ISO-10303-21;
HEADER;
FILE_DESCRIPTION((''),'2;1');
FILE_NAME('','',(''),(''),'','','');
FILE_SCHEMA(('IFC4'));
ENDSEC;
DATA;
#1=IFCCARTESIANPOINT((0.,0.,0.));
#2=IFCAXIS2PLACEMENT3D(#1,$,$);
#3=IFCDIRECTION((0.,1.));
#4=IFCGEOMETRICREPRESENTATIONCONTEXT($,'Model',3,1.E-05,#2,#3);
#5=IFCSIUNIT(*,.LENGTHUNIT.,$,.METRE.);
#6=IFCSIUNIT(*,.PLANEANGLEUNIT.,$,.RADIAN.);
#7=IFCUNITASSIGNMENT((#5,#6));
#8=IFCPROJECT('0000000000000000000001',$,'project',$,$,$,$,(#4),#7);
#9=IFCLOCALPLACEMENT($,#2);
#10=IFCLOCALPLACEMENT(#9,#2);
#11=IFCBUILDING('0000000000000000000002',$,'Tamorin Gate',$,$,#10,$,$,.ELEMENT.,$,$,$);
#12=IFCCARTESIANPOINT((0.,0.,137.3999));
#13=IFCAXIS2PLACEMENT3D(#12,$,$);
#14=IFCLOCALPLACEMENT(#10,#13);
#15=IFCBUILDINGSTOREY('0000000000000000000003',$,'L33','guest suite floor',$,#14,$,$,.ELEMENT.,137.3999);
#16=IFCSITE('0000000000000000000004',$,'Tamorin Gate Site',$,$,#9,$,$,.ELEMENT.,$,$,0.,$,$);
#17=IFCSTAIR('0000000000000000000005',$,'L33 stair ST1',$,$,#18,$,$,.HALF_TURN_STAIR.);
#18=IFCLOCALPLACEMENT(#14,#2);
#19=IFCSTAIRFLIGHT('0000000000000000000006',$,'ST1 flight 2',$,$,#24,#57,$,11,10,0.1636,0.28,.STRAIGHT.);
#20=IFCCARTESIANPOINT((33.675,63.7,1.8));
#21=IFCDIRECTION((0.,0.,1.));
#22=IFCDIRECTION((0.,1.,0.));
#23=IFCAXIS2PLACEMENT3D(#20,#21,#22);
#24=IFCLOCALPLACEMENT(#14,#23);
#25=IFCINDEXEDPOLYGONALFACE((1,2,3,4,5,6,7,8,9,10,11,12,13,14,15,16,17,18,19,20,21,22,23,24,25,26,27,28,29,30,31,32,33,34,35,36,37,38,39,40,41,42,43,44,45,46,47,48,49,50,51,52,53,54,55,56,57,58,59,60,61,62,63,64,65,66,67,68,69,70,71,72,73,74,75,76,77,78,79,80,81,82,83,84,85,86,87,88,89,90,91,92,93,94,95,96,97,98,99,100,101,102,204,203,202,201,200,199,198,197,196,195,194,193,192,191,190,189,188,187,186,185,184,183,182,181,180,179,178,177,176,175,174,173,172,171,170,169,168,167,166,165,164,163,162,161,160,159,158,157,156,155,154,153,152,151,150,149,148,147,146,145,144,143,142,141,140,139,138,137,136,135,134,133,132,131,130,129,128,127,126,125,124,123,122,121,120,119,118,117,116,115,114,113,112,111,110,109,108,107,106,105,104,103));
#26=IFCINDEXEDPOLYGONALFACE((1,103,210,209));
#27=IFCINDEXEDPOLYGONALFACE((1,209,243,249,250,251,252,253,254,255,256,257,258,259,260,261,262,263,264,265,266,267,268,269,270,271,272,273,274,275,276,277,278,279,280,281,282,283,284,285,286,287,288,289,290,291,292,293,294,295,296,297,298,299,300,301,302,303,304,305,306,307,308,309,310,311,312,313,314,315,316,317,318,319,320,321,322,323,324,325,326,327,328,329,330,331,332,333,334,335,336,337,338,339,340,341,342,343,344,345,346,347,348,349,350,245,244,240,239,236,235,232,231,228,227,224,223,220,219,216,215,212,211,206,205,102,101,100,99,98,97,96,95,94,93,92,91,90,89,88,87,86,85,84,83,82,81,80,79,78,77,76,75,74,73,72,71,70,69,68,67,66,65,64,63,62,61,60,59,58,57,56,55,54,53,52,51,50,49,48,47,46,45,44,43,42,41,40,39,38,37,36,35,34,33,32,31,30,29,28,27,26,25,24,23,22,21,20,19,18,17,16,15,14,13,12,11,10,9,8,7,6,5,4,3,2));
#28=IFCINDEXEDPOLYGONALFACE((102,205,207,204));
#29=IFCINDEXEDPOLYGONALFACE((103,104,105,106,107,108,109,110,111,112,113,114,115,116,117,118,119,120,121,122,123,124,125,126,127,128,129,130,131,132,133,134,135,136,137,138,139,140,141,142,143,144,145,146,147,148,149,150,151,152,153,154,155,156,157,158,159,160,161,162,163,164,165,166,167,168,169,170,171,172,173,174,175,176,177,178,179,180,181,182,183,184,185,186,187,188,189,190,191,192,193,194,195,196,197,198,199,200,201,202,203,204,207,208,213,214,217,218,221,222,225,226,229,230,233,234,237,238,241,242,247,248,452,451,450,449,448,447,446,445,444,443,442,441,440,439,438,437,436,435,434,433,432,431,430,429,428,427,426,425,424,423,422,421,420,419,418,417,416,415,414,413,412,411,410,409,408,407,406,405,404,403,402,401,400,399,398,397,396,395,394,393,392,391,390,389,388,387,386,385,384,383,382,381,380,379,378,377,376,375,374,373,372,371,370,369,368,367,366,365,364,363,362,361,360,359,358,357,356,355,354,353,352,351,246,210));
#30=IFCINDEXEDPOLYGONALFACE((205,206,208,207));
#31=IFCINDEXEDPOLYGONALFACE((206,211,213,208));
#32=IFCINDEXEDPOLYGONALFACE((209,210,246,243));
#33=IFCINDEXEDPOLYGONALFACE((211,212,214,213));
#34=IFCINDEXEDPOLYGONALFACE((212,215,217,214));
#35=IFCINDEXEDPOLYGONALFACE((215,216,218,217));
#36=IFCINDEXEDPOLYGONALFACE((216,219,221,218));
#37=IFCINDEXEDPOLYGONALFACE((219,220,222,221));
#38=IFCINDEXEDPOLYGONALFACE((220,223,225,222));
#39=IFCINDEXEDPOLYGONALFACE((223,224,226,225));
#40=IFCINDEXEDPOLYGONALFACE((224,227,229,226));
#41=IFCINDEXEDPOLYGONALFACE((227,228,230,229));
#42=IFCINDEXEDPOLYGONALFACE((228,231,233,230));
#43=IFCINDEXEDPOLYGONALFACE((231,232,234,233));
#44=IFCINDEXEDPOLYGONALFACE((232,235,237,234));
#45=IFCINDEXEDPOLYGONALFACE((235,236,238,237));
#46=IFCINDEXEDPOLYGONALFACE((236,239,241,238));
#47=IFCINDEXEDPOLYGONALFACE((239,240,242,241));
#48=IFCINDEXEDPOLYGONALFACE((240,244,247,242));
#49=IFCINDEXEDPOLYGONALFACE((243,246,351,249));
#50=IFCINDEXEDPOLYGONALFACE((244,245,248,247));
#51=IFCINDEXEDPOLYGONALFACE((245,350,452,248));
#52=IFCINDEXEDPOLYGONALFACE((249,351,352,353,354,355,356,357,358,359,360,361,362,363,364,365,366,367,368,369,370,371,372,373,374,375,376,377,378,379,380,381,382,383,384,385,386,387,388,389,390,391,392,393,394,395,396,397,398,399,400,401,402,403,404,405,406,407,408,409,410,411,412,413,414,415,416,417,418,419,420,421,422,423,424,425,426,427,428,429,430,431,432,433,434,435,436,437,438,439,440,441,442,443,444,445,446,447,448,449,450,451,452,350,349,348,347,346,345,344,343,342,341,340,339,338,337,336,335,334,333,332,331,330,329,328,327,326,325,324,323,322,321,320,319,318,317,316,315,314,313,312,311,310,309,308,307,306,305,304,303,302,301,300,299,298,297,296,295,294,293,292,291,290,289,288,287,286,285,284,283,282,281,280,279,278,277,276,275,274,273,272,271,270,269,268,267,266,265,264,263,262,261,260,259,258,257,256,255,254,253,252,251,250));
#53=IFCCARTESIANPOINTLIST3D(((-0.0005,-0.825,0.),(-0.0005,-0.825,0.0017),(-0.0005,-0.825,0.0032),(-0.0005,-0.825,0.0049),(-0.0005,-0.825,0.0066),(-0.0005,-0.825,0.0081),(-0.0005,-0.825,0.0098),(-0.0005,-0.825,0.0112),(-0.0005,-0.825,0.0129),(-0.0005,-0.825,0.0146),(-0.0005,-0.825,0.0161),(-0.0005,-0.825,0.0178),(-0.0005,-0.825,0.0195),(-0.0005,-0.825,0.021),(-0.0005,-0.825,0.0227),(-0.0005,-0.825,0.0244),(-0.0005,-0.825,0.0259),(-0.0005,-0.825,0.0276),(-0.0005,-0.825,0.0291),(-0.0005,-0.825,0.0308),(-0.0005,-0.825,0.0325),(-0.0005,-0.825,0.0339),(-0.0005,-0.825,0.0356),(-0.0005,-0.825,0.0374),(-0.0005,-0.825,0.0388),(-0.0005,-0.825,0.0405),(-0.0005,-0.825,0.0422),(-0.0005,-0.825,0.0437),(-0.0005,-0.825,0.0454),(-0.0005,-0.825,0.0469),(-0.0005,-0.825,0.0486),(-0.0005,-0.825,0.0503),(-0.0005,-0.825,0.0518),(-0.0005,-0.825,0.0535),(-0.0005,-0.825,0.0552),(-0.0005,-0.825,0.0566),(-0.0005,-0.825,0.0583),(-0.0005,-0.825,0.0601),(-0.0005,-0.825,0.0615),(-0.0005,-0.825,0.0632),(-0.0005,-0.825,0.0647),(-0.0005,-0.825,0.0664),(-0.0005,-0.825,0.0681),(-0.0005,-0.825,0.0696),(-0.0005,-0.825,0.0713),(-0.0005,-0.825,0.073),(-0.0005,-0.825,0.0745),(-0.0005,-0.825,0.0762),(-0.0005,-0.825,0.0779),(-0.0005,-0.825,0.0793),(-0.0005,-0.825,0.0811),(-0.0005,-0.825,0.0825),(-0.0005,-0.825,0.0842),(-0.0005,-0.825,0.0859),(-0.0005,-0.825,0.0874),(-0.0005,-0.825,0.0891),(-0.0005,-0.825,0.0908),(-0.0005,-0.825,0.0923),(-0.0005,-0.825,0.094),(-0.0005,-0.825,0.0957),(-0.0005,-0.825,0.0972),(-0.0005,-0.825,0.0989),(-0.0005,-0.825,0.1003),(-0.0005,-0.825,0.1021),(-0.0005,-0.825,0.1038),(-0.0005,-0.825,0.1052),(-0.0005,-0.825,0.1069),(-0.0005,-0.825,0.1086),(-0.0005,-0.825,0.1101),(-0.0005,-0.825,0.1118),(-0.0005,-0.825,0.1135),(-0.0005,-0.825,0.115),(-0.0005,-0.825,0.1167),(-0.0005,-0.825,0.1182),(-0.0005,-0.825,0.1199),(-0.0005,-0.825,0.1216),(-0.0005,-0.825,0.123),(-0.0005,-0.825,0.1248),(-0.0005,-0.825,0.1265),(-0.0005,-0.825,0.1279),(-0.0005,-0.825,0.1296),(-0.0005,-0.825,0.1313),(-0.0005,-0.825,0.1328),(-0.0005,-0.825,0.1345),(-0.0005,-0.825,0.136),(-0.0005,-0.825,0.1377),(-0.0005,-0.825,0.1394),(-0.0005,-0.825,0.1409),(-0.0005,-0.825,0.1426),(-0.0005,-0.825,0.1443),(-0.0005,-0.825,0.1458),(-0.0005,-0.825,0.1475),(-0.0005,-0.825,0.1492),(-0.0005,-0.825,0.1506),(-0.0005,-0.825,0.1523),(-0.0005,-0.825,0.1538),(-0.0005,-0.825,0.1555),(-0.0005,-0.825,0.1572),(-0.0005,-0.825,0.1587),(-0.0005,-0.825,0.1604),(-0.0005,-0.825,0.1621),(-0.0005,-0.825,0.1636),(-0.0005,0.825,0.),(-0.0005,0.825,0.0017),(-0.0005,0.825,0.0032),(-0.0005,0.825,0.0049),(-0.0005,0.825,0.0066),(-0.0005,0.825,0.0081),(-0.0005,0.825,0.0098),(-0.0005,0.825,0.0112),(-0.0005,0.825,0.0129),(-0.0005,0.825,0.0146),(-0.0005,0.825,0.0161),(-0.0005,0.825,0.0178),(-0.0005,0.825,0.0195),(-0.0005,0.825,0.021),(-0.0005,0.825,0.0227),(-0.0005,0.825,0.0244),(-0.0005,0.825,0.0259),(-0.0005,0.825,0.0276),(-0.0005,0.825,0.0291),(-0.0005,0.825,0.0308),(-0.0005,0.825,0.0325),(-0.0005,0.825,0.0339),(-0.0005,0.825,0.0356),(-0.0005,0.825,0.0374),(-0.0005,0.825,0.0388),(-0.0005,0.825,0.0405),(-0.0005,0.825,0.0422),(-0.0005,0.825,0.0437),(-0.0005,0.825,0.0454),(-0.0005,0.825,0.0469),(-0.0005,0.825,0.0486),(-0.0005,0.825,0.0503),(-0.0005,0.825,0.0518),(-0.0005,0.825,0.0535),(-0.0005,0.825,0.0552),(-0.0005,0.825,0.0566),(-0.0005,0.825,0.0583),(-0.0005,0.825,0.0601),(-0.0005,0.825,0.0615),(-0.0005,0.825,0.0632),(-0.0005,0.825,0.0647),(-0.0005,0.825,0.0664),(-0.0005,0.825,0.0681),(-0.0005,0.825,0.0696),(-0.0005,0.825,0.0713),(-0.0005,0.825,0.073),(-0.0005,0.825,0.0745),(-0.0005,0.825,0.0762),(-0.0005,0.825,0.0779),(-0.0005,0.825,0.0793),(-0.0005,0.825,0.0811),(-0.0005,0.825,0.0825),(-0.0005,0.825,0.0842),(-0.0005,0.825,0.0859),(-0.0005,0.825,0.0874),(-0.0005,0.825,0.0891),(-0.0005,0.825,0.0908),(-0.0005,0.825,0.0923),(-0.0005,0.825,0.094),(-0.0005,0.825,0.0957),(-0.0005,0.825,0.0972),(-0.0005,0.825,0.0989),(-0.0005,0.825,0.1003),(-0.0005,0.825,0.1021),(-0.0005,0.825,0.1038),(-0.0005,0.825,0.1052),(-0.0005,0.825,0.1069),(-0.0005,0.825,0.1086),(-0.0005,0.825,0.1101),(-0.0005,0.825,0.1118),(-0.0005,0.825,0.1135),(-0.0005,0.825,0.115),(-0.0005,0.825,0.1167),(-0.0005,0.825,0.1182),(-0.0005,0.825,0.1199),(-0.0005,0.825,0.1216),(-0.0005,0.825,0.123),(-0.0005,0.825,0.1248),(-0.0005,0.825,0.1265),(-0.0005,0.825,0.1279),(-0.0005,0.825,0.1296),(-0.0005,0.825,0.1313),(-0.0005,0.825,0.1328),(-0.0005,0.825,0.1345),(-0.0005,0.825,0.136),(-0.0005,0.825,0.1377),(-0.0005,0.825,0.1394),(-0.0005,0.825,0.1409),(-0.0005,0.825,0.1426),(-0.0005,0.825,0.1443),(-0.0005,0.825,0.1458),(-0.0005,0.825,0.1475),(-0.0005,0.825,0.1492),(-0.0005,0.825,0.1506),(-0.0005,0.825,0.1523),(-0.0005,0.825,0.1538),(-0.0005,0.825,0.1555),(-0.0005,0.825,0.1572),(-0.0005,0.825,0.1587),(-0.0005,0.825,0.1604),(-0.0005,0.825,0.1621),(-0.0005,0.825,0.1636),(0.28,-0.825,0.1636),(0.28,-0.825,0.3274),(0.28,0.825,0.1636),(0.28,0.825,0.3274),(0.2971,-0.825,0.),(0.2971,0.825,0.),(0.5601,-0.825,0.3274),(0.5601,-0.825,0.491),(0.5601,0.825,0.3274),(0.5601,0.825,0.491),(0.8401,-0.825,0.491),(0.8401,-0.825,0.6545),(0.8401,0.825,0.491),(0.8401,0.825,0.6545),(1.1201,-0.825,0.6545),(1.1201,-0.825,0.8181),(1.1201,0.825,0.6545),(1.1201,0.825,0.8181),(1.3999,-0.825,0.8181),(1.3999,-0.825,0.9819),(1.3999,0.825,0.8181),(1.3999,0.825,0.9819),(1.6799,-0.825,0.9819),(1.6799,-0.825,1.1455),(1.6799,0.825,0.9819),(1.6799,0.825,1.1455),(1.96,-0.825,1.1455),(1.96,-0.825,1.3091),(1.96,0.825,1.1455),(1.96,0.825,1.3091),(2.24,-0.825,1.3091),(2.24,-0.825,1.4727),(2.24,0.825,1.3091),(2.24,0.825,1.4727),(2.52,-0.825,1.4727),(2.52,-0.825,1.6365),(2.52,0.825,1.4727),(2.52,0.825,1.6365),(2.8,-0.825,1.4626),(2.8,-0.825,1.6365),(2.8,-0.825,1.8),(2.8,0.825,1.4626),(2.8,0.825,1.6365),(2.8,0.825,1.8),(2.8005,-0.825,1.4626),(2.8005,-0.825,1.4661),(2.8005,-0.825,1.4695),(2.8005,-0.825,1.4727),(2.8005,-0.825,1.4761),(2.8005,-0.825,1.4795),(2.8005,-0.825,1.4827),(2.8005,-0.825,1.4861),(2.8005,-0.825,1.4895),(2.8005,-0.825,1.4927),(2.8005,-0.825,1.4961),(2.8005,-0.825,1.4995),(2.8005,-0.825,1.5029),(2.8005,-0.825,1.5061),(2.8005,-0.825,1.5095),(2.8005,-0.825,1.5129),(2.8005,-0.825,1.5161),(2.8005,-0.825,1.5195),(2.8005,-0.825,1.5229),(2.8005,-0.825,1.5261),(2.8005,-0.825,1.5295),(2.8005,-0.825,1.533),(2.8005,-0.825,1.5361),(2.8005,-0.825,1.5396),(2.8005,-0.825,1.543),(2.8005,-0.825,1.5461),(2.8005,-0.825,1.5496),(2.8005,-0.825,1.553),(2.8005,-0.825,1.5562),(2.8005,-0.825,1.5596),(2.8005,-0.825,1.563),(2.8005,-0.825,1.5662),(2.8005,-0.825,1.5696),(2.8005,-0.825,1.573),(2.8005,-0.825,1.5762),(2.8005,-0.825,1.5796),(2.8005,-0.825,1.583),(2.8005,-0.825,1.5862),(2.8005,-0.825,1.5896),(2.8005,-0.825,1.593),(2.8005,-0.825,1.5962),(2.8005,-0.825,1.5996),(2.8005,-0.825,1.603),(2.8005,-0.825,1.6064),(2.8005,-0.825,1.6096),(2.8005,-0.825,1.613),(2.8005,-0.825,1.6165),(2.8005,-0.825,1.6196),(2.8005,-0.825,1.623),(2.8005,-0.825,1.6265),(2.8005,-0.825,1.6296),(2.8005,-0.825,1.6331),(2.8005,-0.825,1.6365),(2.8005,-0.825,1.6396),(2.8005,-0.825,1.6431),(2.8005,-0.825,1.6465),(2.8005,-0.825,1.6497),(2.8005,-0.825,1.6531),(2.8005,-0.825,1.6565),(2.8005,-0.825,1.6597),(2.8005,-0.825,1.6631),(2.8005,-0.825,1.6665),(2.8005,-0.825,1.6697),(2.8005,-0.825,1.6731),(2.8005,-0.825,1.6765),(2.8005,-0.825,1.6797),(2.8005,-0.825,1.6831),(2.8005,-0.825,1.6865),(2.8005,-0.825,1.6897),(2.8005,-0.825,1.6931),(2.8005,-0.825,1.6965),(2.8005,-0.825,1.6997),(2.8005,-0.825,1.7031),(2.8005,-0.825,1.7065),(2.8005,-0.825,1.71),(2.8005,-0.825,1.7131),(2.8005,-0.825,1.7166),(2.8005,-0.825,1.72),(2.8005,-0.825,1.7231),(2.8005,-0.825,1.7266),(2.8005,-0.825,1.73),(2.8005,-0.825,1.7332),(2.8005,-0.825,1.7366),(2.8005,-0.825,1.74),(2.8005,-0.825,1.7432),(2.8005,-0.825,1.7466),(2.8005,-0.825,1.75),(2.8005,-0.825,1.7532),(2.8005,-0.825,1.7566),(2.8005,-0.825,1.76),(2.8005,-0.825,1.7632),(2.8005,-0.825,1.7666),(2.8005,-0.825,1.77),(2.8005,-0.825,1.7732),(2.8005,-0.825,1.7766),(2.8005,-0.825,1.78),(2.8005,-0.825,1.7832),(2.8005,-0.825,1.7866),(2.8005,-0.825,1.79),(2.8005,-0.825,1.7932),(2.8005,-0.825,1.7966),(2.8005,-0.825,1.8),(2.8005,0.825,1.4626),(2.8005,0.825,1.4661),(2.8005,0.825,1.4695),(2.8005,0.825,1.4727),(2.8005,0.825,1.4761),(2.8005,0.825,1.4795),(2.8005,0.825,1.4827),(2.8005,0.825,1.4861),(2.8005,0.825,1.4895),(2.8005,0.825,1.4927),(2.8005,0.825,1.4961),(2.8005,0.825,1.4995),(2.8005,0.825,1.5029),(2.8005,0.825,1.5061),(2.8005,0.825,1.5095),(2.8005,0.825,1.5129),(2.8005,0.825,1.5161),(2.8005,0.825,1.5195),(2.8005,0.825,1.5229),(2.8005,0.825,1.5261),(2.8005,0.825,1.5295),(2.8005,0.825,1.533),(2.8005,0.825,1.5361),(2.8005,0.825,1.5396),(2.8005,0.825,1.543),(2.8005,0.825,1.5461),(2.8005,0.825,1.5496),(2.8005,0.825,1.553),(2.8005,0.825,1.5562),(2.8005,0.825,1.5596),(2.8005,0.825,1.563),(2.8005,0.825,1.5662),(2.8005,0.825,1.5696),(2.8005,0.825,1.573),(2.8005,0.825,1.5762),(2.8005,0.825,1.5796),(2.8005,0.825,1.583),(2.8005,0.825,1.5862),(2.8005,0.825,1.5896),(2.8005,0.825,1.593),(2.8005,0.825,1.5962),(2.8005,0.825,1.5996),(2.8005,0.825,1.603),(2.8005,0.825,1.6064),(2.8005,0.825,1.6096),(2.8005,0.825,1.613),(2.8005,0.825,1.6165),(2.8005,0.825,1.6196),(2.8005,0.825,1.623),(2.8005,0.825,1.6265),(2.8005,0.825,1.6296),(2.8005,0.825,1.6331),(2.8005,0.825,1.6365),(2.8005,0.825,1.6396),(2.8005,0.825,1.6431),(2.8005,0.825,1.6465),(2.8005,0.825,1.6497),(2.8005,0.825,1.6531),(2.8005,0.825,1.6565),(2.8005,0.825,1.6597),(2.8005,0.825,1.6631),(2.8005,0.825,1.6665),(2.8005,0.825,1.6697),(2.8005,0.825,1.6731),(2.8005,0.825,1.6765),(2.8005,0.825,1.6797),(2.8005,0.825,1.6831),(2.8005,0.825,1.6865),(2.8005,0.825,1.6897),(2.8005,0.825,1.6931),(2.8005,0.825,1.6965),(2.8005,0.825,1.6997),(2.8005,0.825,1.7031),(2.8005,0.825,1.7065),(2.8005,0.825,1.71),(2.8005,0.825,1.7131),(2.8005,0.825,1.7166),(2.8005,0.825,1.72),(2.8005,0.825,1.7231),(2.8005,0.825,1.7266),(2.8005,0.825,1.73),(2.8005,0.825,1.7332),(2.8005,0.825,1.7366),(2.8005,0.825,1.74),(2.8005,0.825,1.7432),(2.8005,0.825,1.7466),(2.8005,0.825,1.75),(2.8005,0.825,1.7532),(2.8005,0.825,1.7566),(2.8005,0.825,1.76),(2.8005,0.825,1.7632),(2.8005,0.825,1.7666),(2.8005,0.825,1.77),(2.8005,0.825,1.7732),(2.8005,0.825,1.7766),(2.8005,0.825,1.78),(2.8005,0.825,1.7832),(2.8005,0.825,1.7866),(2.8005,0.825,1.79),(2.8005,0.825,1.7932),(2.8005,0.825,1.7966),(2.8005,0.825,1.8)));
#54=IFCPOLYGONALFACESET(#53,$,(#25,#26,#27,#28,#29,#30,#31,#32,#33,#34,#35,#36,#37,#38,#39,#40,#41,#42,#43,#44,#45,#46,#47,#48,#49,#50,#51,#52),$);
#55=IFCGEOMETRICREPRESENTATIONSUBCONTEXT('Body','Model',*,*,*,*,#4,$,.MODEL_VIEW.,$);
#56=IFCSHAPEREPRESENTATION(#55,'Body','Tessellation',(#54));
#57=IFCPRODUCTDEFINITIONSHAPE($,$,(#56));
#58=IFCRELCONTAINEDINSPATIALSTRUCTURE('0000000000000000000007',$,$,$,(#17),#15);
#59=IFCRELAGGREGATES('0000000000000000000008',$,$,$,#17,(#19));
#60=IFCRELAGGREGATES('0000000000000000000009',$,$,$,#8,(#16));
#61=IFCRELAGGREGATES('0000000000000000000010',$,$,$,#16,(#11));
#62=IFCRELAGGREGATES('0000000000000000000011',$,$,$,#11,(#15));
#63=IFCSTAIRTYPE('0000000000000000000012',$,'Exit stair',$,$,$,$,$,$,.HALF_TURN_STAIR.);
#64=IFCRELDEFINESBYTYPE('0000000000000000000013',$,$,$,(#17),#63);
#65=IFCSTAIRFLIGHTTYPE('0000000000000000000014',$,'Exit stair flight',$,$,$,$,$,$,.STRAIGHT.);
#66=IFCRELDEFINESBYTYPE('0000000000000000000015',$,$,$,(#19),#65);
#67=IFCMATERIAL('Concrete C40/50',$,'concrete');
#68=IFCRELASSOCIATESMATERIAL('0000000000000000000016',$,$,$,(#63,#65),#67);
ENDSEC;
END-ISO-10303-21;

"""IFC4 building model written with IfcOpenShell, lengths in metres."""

from ifc_helpers import new_model, si_unit, direction, frame, origin, place, context, subcontext, project, spatial, polyline, outline, extrude, material, type_object, element, aggregate, save


model = new_model("IFC4")

# Units and contexts
model_context = context("Model", 3, precision=1e-05, world=origin(), true_north=direction((0.0, 1.0)))
body_context = subcontext(model_context, "Body", "Model", "MODEL_VIEW")
ifc_project = project(units=[si_unit("LENGTHUNIT", "METRE"), si_unit("PLANEANGLEUNIT", "RADIAN")], contexts=[model_context])

# Site, building, storey
site_placement = place(None, origin())
site = spatial("IfcSite", under=ifc_project, at=site_placement, Name="Tamorin Gate Site", CompositionType="ELEMENT", RefElevation=0.0)
building_placement = place(site_placement, origin())
building = spatial("IfcBuilding", under=site, at=building_placement, Name="Tamorin Gate", CompositionType="ELEMENT")
storey_placement = place(building_placement, frame((0.0, 0.0, 137.3999)))
storey = spatial("IfcBuildingStorey", under=building, at=storey_placement, Name="L33", Description="guest suite floor", CompositionType="ELEMENT", Elevation=137.3999)

# Shared definitions
ifc_material_1 = material(Name="Concrete C40/50", Category="concrete")

# Stair, stair flight
stair_type = type_object("IfcStairType", Name="Exit stair", PredefinedType="HALF_TURN_STAIR", material=ifc_material_1)
stair_1_placement = place(storey_placement, origin())
stair_1 = element("IfcStair", 1, at=stair_1_placement, inside=storey, type_object=stair_type, Name="L33 stair ST1", PredefinedType="HALF_TURN_STAIR")
stair_flight_type = type_object("IfcStairFlightType", Name="Exit stair flight", PredefinedType="STRAIGHT", material=ifc_material_1)
stair_flight_1_placement = place(storey_placement, frame((33.675, 63.7, 1.8), z_axis=(0.0, 0.0, 1.0), x_axis=(0.0, 1.0, 0.0)))
stair_flight_1 = element("IfcStairFlight", 2, at=stair_flight_1_placement, type_object=stair_flight_type, Name="ST1 flight 2", NumberOfRisers=11, NumberOfTreads=10, PredefinedType="STRAIGHT", RiserHeight=0.1636, TreadLength=0.28, context=body_context, shape_type="SweptSolid", body=[
    extrude(outline(polyline([(-0.0005, 0.0), (-0.0005, 0.0017), (-0.0005, 0.0032), (-0.0005, 0.0049), (-0.0005, 0.0066), (-0.0005, 0.0081), (-0.0005, 0.0098), (-0.0005, 0.0112), (-0.0005, 0.0129), (-0.0005, 0.0146), (-0.0005, 0.0161), (-0.0005, 0.0178), (-0.0005, 0.0195), (-0.0005, 0.021), (-0.0005, 0.0227), (-0.0005, 0.0244), (-0.0005, 0.0259), (-0.0005, 0.0276), (-0.0005, 0.0291), (-0.0005, 0.0308), (-0.0005, 0.0325), (-0.0005, 0.0339), (-0.0005, 0.0356), (-0.0005, 0.0374), (-0.0005, 0.0388), (-0.0005, 0.0405), (-0.0005, 0.0422), (-0.0005, 0.0437), (-0.0005, 0.0454), (-0.0005, 0.0469), (-0.0005, 0.0486), (-0.0005, 0.0503), (-0.0005, 0.0518), (-0.0005, 0.0535), (-0.0005, 0.0552), (-0.0005, 0.0566), (-0.0005, 0.0583), (-0.0005, 0.0601), (-0.0005, 0.0615), (-0.0005, 0.0632), (-0.0005, 0.0647), (-0.0005, 0.0664), (-0.0005, 0.0681), (-0.0005, 0.0696), (-0.0005, 0.0713), (-0.0005, 0.073), (-0.0005, 0.0745), (-0.0005, 0.0762), (-0.0005, 0.0779), (-0.0005, 0.0793), (-0.0005, 0.0811), (-0.0005, 0.0825), (-0.0005, 0.0842), (-0.0005, 0.0859), (-0.0005, 0.0874), (-0.0005, 0.0891), (-0.0005, 0.0908), (-0.0005, 0.0923), (-0.0005, 0.094), (-0.0005, 0.0957), (-0.0005, 0.0972), (-0.0005, 0.0989), (-0.0005, 0.1003), (-0.0005, 0.1021), (-0.0005, 0.1038), (-0.0005, 0.1052), (-0.0005, 0.1069), (-0.0005, 0.1086), (-0.0005, 0.1101), (-0.0005, 0.1118), (-0.0005, 0.1135), (-0.0005, 0.115), (-0.0005, 0.1167), (-0.0005, 0.1182), (-0.0005, 0.1199), (-0.0005, 0.1216), (-0.0005, 0.123), (-0.0005, 0.1248), (-0.0005, 0.1265), (-0.0005, 0.1279), (-0.0005, 0.1296), (-0.0005, 0.1313), (-0.0005, 0.1328), (-0.0005, 0.1345), (-0.0005, 0.136), (-0.0005, 0.1377), (-0.0005, 0.1394), (-0.0005, 0.1409), (-0.0005, 0.1426), (-0.0005, 0.1443), (-0.0005, 0.1458), (-0.0005, 0.1475), (-0.0005, 0.1492), (-0.0005, 0.1506), (-0.0005, 0.1523), (-0.0005, 0.1538), (-0.0005, 0.1555), (-0.0005, 0.1572), (-0.0005, 0.1587), (-0.0005, 0.1604), (-0.0005, 0.1621), (-0.0005, 0.1636), (0.28, 0.1636), (0.28, 0.3274), (0.5601, 0.3274), (0.5601, 0.491), (0.8401, 0.491), (0.8401, 0.6545), (1.1201, 0.6545), (1.1201, 0.8181), (1.3999, 0.8181), (1.3999, 0.9819), (1.6799, 0.9819), (1.6799, 1.1455), (1.96, 1.1455), (1.96, 1.3091), (2.24, 1.3091), (2.24, 1.4727), (2.52, 1.4727), (2.52, 1.6365), (2.8, 1.6365), (2.8, 1.8), (2.8005, 1.8), (2.8005, 1.7966), (2.8005, 1.7932), (2.8005, 1.79), (2.8005, 1.7866), (2.8005, 1.7832), (2.8005, 1.78), (2.8005, 1.7766), (2.8005, 1.7732), (2.8005, 1.77), (2.8005, 1.7666), (2.8005, 1.7632), (2.8005, 1.76), (2.8005, 1.7566), (2.8005, 1.7532), (2.8005, 1.75), (2.8005, 1.7466), (2.8005, 1.7432), (2.8005, 1.74), (2.8005, 1.7366), (2.8005, 1.7332), (2.8005, 1.73), (2.8005, 1.7266), (2.8005, 1.7231), (2.8005, 1.72), (2.8005, 1.7166), (2.8005, 1.7131), (2.8005, 1.71), (2.8005, 1.7065), (2.8005, 1.7031), (2.8005, 1.6997), (2.8005, 1.6965), (2.8005, 1.6931), (2.8005, 1.6897), (2.8005, 1.6865), (2.8005, 1.6831), (2.8005, 1.6797), (2.8005, 1.6765), (2.8005, 1.6731), (2.8005, 1.6697), (2.8005, 1.6665), (2.8005, 1.6631), (2.8005, 1.6597), (2.8005, 1.6565), (2.8005, 1.6531), (2.8005, 1.6497), (2.8005, 1.6465), (2.8005, 1.6431), (2.8005, 1.6396), (2.8005, 1.6365), (2.8005, 1.6331), (2.8005, 1.6296), (2.8005, 1.6265), (2.8005, 1.623), (2.8005, 1.6196), (2.8005, 1.6165), (2.8005, 1.613), (2.8005, 1.6096), (2.8005, 1.6064), (2.8005, 1.603), (2.8005, 1.5996), (2.8005, 1.5962), (2.8005, 1.593), (2.8005, 1.5896), (2.8005, 1.5862), (2.8005, 1.583), (2.8005, 1.5796), (2.8005, 1.5762), (2.8005, 1.573), (2.8005, 1.5696), (2.8005, 1.5662), (2.8005, 1.563), (2.8005, 1.5596), (2.8005, 1.5562), (2.8005, 1.553), (2.8005, 1.5496), (2.8005, 1.5461), (2.8005, 1.543), (2.8005, 1.5396), (2.8005, 1.5361), (2.8005, 1.533), (2.8005, 1.5295), (2.8005, 1.5261), (2.8005, 1.5229), (2.8005, 1.5195), (2.8005, 1.5161), (2.8005, 1.5129), (2.8005, 1.5095), (2.8005, 1.5061), (2.8005, 1.5029), (2.8005, 1.4995), (2.8005, 1.4961), (2.8005, 1.4927), (2.8005, 1.4895), (2.8005, 1.4861), (2.8005, 1.4827), (2.8005, 1.4795), (2.8005, 1.4761), (2.8005, 1.4727), (2.8005, 1.4695), (2.8005, 1.4661), (2.8005, 1.4626), (2.8, 1.4626), (0.2971, 0.0), (-0.0005, 0.0)])), frame((0.0, 0.825, 0.0), z_axis=(0.0, -1.0, 0.0), x_axis=(1.0, 0.0, 0.0)), (0.0, 0.0, 1.0), 1.6499),
])
aggregate(stair_1, [stair_flight_1])

save(model, "model.ifc")
